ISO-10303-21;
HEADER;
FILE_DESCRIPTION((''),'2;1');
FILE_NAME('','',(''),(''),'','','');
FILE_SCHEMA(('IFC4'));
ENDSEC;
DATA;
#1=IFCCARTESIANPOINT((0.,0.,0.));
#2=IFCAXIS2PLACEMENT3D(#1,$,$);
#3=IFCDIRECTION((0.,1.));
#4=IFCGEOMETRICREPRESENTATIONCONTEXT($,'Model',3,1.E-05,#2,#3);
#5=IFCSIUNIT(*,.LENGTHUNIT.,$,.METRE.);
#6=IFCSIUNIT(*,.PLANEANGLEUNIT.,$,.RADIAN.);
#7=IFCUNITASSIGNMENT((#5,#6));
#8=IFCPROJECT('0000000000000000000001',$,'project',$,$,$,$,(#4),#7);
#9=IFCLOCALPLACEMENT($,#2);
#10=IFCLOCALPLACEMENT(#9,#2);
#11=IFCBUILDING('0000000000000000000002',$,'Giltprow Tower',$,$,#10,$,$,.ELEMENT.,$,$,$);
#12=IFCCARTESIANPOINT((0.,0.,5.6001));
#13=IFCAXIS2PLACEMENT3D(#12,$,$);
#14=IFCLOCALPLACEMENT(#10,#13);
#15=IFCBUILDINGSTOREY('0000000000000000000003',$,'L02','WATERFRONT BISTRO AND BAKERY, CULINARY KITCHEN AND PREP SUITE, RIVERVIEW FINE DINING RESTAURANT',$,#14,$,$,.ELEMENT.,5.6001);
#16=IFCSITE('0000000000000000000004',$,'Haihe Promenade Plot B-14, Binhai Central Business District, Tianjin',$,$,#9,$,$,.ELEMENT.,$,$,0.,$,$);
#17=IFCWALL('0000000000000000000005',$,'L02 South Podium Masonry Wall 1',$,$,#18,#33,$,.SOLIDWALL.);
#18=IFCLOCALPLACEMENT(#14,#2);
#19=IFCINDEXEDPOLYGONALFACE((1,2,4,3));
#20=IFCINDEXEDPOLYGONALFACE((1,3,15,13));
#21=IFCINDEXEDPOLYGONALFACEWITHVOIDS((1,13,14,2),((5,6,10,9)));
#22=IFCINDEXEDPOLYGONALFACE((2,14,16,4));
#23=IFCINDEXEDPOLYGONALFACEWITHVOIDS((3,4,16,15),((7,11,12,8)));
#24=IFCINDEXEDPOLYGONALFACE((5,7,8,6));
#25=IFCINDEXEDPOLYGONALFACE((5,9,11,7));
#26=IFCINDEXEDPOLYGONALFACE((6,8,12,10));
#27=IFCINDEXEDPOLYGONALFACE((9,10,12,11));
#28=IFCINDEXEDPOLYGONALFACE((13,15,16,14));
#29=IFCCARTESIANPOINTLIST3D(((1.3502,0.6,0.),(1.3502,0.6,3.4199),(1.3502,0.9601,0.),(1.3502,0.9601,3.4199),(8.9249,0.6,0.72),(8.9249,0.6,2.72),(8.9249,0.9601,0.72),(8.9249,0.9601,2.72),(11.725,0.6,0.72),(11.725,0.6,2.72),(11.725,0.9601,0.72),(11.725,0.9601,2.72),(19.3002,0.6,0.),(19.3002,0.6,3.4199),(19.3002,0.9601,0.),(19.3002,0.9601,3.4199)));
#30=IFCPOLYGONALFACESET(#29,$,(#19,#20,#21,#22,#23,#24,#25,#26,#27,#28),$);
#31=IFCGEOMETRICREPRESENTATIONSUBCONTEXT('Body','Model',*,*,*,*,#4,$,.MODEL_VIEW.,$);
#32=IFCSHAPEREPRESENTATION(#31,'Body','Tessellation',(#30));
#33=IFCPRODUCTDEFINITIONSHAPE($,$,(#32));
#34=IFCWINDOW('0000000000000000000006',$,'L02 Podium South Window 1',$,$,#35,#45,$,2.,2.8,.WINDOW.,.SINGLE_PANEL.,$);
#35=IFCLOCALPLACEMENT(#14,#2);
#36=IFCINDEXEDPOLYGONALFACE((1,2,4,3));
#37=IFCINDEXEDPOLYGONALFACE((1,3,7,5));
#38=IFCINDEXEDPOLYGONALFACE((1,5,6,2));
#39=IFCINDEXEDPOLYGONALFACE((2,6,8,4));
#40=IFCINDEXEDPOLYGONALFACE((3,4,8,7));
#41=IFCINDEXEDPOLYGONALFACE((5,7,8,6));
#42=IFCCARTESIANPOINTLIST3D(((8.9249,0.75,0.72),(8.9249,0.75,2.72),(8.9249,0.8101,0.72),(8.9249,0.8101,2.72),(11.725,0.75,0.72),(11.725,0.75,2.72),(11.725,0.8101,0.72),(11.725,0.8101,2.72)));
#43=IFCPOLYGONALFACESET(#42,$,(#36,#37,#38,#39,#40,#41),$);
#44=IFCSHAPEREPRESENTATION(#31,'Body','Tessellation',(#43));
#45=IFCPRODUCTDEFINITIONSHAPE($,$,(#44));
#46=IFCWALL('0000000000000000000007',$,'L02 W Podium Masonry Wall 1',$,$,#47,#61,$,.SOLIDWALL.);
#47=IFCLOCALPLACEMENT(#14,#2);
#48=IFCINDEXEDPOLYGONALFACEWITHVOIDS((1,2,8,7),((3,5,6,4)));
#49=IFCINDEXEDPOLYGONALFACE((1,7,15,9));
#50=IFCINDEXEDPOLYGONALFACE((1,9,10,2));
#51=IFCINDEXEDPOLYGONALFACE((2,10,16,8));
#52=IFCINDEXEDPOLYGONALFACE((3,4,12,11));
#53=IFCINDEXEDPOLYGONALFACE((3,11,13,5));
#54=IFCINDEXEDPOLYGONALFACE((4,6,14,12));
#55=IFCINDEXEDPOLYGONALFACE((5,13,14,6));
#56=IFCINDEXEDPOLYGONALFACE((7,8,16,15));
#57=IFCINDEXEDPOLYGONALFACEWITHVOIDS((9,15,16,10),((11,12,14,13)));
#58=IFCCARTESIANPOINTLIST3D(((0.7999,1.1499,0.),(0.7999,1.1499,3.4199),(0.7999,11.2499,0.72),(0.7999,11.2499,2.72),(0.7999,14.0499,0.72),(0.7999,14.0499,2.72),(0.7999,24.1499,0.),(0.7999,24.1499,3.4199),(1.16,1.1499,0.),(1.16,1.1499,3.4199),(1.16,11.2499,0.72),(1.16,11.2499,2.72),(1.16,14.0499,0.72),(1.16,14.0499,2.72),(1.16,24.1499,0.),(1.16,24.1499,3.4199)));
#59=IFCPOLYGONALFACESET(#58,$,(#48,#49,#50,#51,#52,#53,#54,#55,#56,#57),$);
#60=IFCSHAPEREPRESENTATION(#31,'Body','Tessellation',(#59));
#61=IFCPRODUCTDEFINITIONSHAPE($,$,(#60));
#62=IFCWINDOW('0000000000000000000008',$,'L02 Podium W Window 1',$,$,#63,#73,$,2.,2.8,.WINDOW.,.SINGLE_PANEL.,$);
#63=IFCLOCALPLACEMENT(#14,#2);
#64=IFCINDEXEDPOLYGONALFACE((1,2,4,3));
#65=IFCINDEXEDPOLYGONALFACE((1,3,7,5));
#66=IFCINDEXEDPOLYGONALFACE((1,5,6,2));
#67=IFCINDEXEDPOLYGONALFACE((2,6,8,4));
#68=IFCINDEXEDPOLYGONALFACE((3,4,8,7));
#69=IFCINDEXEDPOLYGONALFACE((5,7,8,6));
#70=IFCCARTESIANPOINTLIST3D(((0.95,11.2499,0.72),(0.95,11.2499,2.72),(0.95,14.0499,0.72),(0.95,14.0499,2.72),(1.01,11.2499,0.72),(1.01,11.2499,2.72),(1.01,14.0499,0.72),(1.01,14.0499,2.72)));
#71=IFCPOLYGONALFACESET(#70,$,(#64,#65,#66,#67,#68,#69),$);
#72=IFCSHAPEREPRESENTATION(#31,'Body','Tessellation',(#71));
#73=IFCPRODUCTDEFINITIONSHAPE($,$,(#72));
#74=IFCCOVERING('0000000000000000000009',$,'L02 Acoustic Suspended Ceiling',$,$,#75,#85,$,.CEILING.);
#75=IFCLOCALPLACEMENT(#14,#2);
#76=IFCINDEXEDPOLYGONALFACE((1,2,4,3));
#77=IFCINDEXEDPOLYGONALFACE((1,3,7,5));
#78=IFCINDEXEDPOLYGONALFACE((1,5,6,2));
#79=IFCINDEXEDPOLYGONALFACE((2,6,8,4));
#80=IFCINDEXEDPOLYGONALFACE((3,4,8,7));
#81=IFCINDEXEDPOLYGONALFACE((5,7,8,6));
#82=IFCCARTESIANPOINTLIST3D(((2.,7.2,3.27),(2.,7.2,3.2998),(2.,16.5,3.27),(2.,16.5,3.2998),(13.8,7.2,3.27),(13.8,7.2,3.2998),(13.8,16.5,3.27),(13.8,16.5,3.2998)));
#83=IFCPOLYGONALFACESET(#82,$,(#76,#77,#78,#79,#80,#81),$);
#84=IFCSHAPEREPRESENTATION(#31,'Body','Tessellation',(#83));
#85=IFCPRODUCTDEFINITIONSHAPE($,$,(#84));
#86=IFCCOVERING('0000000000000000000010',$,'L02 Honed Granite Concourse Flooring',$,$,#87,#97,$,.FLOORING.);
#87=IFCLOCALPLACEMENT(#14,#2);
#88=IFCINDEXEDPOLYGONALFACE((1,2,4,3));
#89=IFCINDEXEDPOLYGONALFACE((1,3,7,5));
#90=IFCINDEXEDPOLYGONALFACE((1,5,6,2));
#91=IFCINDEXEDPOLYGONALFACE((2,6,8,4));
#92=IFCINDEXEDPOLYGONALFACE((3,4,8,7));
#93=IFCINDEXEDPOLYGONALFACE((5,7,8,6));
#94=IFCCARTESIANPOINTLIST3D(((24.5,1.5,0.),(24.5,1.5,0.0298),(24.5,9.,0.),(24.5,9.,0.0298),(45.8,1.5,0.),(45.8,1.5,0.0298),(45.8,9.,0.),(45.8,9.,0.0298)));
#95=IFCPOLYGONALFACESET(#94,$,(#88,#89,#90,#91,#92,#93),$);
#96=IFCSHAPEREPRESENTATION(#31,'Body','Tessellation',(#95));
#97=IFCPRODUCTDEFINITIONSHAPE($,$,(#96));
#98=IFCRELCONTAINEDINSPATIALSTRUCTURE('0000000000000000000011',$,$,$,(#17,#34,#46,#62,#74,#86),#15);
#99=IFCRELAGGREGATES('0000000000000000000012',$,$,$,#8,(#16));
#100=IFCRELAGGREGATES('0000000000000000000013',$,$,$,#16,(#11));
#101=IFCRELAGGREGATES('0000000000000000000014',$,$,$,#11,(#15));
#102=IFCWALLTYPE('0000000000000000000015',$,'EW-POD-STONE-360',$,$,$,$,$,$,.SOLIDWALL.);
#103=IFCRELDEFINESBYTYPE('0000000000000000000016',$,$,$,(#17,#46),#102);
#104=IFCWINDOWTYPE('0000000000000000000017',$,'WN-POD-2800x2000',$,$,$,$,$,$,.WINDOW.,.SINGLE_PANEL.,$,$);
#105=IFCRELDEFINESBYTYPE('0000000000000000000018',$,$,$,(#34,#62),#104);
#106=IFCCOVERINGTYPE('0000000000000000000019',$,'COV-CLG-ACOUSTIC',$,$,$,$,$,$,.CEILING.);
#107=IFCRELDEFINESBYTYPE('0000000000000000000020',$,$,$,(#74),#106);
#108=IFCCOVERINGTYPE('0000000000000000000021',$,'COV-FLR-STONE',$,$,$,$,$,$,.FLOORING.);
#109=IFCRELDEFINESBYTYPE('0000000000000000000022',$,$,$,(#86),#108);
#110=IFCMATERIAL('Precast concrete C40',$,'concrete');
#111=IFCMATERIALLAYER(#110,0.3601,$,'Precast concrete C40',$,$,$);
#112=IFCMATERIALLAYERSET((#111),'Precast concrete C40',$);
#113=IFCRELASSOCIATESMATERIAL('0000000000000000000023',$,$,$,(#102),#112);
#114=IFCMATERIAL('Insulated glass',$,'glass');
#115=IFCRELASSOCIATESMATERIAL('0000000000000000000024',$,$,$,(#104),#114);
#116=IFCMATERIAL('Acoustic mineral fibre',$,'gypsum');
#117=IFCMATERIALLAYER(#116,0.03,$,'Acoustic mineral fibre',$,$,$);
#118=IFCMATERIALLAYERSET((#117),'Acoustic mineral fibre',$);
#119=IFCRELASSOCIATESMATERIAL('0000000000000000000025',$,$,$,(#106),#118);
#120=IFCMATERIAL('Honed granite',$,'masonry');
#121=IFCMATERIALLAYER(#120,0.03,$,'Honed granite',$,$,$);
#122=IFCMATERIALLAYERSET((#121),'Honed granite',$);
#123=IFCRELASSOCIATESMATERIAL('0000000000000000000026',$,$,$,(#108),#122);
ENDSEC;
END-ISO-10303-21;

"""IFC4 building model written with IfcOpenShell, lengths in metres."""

from ifc_helpers import new_model, si_unit, direction, frame, frame_2d, origin, place, context, subcontext, project, spatial, polyline, rectangle, outline, extrude, source, transform, mapped, material, layer, layer_set, type_object, element, fill, save


model = new_model("IFC4")

# Units and contexts
model_context = context("Model", 3, precision=1e-05, world=origin(), true_north=direction((0.0, 1.0)))
body_context = subcontext(model_context, "Body", "Model", "MODEL_VIEW")
ifc_project = project(units=[si_unit("LENGTHUNIT", "METRE"), si_unit("PLANEANGLEUNIT", "RADIAN")], contexts=[model_context])

# Site, building, storey
site_placement = place(None, origin())
site = spatial("IfcSite", under=ifc_project, at=site_placement, Name="Haihe Promenade Plot B-14, Binhai Central Business District, Tianjin", CompositionType="ELEMENT", RefElevation=0.0)
building_placement = place(site_placement, origin())
building = spatial("IfcBuilding", under=site, at=building_placement, Name="Giltprow Tower", CompositionType="ELEMENT")
storey_placement = place(building_placement, frame((0.0, 0.0, 5.6001)))
storey = spatial("IfcBuildingStorey", under=building, at=storey_placement, Name="L02", Description="WATERFRONT BISTRO AND BAKERY, CULINARY KITCHEN AND PREP SUITE, RIVERVIEW FINE DINING RESTAURANT", CompositionType="ELEMENT", Elevation=5.6001)

# Walls, openings, windows
ifc_material_1 = material(Name="Precast concrete C40", Category="concrete")
ifc_layer_1 = layer(ifc_material_1, 0.3601, Name="Precast concrete C40")
ifc_layer_set_1 = layer_set([ifc_layer_1], Name="Precast concrete C40")
wall_type = type_object("IfcWallType", Name="EW-POD-STONE-360", PredefinedType="SOLIDWALL", material=ifc_layer_set_1)
wall_1_placement = place(storey_placement, frame((1.3501, 0.78, 0.0), z_axis=(0.0, 0.0, 1.0), x_axis=(1.0, 0.0, 0.0)))
wall_1 = element("IfcWall", 1, at=wall_1_placement, inside=storey, type_object=wall_type, Name="L02 South Podium Masonry Wall 1", PredefinedType="SOLIDWALL", context=body_context, shape_type="SweptSolid", body=[
    extrude(rectangle(XDim=17.95, YDim=0.3601, at=frame_2d((8.9751, 0.0))), origin(), (0.0, 0.0, 1.0), 3.4199),
])
opening_1_placement = place(wall_1_placement, frame((7.575, 0.0, 0.72)))
opening_1 = element("IfcOpeningElement", 2, at=opening_1_placement, cuts=wall_1, PredefinedType="OPENING", context=body_context, shape_type="SweptSolid", body=[
    extrude(rectangle(XDim=2.8, YDim=2.0, at=frame_2d((1.3999, 1.0))), frame((0.0, 0.1899, 0.0), z_axis=(0.0, -1.0, 0.0), x_axis=(1.0, 0.0, 0.0)), (0.0, 0.0, 1.0), 0.3801),
])
ifc_material_2 = material(Name="Insulated glass", Category="glass")
window_type = type_object("IfcWindowType", Name="WN-POD-2800x2000", PartitioningType="SINGLE_PANEL", PredefinedType="WINDOW", material=ifc_material_2)
shared_shape_1 = source(origin(), body_context, "Body", "SweptSolid", [
    extrude(rectangle(XDim=2.8, YDim=2.0, at=frame_2d((1.3999, 1.0))), frame((0.0, 0.03, 0.0), z_axis=(0.0, -1.0, 0.0), x_axis=(1.0, 0.0, 0.0)), (0.0, 0.0, 1.0), 0.0601),
])
window_1_placement = place(opening_1_placement, origin())
window_1 = element("IfcWindow", 3, at=window_1_placement, inside=storey, type_object=window_type, Name="L02 Podium South Window 1", OverallHeight=2.0, OverallWidth=2.8, PartitioningType="SINGLE_PANEL", PredefinedType="WINDOW", context=body_context, shape_type="MappedRepresentation", body=[
    mapped(shared_shape_1, transform((0.0, 0.0, 0.0), x_axis=(1.0, 0.0, 0.0), y_axis=(0.0, 1.0, 0.0), z_axis=(0.0, 0.0, 1.0), scale=1.0)),
])
fill(opening_1, window_1)
wall_2_placement = place(storey_placement, frame((0.98, 1.1499, 0.0), z_axis=(0.0, 0.0, 1.0), x_axis=(0.0, 1.0, 0.0)))
wall_2 = element("IfcWall", 4, at=wall_2_placement, inside=storey, type_object=wall_type, Name="L02 W Podium Masonry Wall 1", PredefinedType="SOLIDWALL", context=body_context, shape_type="SweptSolid", body=[
    extrude(rectangle(XDim=23.0, YDim=0.3601, at=frame_2d((11.5, 0.0))), origin(), (0.0, 0.0, 1.0), 3.4199),
])
opening_2_placement = place(wall_2_placement, frame((10.1001, 0.0, 0.72)))
opening_2 = element("IfcOpeningElement", 5, at=opening_2_placement, cuts=wall_2, PredefinedType="OPENING", context=body_context, shape_type="SweptSolid", body=[
    extrude(rectangle(XDim=2.8, YDim=2.0, at=frame_2d((1.3999, 1.0))), frame((0.0, 0.1899, 0.0), z_axis=(0.0, -1.0, 0.0), x_axis=(1.0, 0.0, 0.0)), (0.0, 0.0, 1.0), 0.3801),
])
window_2_placement = place(opening_2_placement, origin())
window_2 = element("IfcWindow", 6, at=window_2_placement, inside=storey, type_object=window_type, Name="L02 Podium W Window 1", OverallHeight=2.0, OverallWidth=2.8, PartitioningType="SINGLE_PANEL", PredefinedType="WINDOW", context=body_context, shape_type="MappedRepresentation", body=[
    mapped(shared_shape_1, transform((0.0, 0.0, 0.0), x_axis=(1.0, 0.0, 0.0), y_axis=(0.0, 1.0, 0.0), z_axis=(0.0, 0.0, 1.0), scale=1.0)),
])
fill(opening_2, window_2)

# Coverings
ifc_material_3 = material(Name="Acoustic mineral fibre", Category="gypsum")
ifc_layer_2 = layer(ifc_material_3, 0.03, Name="Acoustic mineral fibre")
ifc_layer_set_2 = layer_set([ifc_layer_2], Name="Acoustic mineral fibre")
covering_type_1 = type_object("IfcCoveringType", Name="COV-CLG-ACOUSTIC", PredefinedType="CEILING", material=ifc_layer_set_2)
covering_1_placement = place(storey_placement, frame((0.0, 0.0, 3.27)))
element("IfcCovering", 7, at=covering_1_placement, inside=storey, type_object=covering_type_1, Name="L02 Acoustic Suspended Ceiling", PredefinedType="CEILING", context=body_context, shape_type="SweptSolid", body=[
    extrude(outline(polyline([(2.0, 7.2), (13.8, 7.2), (13.8, 16.5), (2.0, 16.5), (2.0, 7.2)])), origin(), (0.0, 0.0, 1.0), 0.0298),
])
ifc_material_4 = material(Name="Honed granite", Category="masonry")
ifc_layer_3 = layer(ifc_material_4, 0.03, Name="Honed granite")
ifc_layer_set_3 = layer_set([ifc_layer_3], Name="Honed granite")
covering_type_2 = type_object("IfcCoveringType", Name="COV-FLR-STONE", PredefinedType="FLOORING", material=ifc_layer_set_3)
covering_2_placement = place(storey_placement, origin())
element("IfcCovering", 8, at=covering_2_placement, inside=storey, type_object=covering_type_2, Name="L02 Honed Granite Concourse Flooring", PredefinedType="FLOORING", context=body_context, shape_type="SweptSolid", body=[
    extrude(outline(polyline([(24.5, 1.5), (45.8, 1.5), (45.8, 9.0), (24.5, 9.0), (24.5, 1.5)])), origin(), (0.0, 0.0, 1.0), 0.0298),
])

save(model, "model.ifc")
